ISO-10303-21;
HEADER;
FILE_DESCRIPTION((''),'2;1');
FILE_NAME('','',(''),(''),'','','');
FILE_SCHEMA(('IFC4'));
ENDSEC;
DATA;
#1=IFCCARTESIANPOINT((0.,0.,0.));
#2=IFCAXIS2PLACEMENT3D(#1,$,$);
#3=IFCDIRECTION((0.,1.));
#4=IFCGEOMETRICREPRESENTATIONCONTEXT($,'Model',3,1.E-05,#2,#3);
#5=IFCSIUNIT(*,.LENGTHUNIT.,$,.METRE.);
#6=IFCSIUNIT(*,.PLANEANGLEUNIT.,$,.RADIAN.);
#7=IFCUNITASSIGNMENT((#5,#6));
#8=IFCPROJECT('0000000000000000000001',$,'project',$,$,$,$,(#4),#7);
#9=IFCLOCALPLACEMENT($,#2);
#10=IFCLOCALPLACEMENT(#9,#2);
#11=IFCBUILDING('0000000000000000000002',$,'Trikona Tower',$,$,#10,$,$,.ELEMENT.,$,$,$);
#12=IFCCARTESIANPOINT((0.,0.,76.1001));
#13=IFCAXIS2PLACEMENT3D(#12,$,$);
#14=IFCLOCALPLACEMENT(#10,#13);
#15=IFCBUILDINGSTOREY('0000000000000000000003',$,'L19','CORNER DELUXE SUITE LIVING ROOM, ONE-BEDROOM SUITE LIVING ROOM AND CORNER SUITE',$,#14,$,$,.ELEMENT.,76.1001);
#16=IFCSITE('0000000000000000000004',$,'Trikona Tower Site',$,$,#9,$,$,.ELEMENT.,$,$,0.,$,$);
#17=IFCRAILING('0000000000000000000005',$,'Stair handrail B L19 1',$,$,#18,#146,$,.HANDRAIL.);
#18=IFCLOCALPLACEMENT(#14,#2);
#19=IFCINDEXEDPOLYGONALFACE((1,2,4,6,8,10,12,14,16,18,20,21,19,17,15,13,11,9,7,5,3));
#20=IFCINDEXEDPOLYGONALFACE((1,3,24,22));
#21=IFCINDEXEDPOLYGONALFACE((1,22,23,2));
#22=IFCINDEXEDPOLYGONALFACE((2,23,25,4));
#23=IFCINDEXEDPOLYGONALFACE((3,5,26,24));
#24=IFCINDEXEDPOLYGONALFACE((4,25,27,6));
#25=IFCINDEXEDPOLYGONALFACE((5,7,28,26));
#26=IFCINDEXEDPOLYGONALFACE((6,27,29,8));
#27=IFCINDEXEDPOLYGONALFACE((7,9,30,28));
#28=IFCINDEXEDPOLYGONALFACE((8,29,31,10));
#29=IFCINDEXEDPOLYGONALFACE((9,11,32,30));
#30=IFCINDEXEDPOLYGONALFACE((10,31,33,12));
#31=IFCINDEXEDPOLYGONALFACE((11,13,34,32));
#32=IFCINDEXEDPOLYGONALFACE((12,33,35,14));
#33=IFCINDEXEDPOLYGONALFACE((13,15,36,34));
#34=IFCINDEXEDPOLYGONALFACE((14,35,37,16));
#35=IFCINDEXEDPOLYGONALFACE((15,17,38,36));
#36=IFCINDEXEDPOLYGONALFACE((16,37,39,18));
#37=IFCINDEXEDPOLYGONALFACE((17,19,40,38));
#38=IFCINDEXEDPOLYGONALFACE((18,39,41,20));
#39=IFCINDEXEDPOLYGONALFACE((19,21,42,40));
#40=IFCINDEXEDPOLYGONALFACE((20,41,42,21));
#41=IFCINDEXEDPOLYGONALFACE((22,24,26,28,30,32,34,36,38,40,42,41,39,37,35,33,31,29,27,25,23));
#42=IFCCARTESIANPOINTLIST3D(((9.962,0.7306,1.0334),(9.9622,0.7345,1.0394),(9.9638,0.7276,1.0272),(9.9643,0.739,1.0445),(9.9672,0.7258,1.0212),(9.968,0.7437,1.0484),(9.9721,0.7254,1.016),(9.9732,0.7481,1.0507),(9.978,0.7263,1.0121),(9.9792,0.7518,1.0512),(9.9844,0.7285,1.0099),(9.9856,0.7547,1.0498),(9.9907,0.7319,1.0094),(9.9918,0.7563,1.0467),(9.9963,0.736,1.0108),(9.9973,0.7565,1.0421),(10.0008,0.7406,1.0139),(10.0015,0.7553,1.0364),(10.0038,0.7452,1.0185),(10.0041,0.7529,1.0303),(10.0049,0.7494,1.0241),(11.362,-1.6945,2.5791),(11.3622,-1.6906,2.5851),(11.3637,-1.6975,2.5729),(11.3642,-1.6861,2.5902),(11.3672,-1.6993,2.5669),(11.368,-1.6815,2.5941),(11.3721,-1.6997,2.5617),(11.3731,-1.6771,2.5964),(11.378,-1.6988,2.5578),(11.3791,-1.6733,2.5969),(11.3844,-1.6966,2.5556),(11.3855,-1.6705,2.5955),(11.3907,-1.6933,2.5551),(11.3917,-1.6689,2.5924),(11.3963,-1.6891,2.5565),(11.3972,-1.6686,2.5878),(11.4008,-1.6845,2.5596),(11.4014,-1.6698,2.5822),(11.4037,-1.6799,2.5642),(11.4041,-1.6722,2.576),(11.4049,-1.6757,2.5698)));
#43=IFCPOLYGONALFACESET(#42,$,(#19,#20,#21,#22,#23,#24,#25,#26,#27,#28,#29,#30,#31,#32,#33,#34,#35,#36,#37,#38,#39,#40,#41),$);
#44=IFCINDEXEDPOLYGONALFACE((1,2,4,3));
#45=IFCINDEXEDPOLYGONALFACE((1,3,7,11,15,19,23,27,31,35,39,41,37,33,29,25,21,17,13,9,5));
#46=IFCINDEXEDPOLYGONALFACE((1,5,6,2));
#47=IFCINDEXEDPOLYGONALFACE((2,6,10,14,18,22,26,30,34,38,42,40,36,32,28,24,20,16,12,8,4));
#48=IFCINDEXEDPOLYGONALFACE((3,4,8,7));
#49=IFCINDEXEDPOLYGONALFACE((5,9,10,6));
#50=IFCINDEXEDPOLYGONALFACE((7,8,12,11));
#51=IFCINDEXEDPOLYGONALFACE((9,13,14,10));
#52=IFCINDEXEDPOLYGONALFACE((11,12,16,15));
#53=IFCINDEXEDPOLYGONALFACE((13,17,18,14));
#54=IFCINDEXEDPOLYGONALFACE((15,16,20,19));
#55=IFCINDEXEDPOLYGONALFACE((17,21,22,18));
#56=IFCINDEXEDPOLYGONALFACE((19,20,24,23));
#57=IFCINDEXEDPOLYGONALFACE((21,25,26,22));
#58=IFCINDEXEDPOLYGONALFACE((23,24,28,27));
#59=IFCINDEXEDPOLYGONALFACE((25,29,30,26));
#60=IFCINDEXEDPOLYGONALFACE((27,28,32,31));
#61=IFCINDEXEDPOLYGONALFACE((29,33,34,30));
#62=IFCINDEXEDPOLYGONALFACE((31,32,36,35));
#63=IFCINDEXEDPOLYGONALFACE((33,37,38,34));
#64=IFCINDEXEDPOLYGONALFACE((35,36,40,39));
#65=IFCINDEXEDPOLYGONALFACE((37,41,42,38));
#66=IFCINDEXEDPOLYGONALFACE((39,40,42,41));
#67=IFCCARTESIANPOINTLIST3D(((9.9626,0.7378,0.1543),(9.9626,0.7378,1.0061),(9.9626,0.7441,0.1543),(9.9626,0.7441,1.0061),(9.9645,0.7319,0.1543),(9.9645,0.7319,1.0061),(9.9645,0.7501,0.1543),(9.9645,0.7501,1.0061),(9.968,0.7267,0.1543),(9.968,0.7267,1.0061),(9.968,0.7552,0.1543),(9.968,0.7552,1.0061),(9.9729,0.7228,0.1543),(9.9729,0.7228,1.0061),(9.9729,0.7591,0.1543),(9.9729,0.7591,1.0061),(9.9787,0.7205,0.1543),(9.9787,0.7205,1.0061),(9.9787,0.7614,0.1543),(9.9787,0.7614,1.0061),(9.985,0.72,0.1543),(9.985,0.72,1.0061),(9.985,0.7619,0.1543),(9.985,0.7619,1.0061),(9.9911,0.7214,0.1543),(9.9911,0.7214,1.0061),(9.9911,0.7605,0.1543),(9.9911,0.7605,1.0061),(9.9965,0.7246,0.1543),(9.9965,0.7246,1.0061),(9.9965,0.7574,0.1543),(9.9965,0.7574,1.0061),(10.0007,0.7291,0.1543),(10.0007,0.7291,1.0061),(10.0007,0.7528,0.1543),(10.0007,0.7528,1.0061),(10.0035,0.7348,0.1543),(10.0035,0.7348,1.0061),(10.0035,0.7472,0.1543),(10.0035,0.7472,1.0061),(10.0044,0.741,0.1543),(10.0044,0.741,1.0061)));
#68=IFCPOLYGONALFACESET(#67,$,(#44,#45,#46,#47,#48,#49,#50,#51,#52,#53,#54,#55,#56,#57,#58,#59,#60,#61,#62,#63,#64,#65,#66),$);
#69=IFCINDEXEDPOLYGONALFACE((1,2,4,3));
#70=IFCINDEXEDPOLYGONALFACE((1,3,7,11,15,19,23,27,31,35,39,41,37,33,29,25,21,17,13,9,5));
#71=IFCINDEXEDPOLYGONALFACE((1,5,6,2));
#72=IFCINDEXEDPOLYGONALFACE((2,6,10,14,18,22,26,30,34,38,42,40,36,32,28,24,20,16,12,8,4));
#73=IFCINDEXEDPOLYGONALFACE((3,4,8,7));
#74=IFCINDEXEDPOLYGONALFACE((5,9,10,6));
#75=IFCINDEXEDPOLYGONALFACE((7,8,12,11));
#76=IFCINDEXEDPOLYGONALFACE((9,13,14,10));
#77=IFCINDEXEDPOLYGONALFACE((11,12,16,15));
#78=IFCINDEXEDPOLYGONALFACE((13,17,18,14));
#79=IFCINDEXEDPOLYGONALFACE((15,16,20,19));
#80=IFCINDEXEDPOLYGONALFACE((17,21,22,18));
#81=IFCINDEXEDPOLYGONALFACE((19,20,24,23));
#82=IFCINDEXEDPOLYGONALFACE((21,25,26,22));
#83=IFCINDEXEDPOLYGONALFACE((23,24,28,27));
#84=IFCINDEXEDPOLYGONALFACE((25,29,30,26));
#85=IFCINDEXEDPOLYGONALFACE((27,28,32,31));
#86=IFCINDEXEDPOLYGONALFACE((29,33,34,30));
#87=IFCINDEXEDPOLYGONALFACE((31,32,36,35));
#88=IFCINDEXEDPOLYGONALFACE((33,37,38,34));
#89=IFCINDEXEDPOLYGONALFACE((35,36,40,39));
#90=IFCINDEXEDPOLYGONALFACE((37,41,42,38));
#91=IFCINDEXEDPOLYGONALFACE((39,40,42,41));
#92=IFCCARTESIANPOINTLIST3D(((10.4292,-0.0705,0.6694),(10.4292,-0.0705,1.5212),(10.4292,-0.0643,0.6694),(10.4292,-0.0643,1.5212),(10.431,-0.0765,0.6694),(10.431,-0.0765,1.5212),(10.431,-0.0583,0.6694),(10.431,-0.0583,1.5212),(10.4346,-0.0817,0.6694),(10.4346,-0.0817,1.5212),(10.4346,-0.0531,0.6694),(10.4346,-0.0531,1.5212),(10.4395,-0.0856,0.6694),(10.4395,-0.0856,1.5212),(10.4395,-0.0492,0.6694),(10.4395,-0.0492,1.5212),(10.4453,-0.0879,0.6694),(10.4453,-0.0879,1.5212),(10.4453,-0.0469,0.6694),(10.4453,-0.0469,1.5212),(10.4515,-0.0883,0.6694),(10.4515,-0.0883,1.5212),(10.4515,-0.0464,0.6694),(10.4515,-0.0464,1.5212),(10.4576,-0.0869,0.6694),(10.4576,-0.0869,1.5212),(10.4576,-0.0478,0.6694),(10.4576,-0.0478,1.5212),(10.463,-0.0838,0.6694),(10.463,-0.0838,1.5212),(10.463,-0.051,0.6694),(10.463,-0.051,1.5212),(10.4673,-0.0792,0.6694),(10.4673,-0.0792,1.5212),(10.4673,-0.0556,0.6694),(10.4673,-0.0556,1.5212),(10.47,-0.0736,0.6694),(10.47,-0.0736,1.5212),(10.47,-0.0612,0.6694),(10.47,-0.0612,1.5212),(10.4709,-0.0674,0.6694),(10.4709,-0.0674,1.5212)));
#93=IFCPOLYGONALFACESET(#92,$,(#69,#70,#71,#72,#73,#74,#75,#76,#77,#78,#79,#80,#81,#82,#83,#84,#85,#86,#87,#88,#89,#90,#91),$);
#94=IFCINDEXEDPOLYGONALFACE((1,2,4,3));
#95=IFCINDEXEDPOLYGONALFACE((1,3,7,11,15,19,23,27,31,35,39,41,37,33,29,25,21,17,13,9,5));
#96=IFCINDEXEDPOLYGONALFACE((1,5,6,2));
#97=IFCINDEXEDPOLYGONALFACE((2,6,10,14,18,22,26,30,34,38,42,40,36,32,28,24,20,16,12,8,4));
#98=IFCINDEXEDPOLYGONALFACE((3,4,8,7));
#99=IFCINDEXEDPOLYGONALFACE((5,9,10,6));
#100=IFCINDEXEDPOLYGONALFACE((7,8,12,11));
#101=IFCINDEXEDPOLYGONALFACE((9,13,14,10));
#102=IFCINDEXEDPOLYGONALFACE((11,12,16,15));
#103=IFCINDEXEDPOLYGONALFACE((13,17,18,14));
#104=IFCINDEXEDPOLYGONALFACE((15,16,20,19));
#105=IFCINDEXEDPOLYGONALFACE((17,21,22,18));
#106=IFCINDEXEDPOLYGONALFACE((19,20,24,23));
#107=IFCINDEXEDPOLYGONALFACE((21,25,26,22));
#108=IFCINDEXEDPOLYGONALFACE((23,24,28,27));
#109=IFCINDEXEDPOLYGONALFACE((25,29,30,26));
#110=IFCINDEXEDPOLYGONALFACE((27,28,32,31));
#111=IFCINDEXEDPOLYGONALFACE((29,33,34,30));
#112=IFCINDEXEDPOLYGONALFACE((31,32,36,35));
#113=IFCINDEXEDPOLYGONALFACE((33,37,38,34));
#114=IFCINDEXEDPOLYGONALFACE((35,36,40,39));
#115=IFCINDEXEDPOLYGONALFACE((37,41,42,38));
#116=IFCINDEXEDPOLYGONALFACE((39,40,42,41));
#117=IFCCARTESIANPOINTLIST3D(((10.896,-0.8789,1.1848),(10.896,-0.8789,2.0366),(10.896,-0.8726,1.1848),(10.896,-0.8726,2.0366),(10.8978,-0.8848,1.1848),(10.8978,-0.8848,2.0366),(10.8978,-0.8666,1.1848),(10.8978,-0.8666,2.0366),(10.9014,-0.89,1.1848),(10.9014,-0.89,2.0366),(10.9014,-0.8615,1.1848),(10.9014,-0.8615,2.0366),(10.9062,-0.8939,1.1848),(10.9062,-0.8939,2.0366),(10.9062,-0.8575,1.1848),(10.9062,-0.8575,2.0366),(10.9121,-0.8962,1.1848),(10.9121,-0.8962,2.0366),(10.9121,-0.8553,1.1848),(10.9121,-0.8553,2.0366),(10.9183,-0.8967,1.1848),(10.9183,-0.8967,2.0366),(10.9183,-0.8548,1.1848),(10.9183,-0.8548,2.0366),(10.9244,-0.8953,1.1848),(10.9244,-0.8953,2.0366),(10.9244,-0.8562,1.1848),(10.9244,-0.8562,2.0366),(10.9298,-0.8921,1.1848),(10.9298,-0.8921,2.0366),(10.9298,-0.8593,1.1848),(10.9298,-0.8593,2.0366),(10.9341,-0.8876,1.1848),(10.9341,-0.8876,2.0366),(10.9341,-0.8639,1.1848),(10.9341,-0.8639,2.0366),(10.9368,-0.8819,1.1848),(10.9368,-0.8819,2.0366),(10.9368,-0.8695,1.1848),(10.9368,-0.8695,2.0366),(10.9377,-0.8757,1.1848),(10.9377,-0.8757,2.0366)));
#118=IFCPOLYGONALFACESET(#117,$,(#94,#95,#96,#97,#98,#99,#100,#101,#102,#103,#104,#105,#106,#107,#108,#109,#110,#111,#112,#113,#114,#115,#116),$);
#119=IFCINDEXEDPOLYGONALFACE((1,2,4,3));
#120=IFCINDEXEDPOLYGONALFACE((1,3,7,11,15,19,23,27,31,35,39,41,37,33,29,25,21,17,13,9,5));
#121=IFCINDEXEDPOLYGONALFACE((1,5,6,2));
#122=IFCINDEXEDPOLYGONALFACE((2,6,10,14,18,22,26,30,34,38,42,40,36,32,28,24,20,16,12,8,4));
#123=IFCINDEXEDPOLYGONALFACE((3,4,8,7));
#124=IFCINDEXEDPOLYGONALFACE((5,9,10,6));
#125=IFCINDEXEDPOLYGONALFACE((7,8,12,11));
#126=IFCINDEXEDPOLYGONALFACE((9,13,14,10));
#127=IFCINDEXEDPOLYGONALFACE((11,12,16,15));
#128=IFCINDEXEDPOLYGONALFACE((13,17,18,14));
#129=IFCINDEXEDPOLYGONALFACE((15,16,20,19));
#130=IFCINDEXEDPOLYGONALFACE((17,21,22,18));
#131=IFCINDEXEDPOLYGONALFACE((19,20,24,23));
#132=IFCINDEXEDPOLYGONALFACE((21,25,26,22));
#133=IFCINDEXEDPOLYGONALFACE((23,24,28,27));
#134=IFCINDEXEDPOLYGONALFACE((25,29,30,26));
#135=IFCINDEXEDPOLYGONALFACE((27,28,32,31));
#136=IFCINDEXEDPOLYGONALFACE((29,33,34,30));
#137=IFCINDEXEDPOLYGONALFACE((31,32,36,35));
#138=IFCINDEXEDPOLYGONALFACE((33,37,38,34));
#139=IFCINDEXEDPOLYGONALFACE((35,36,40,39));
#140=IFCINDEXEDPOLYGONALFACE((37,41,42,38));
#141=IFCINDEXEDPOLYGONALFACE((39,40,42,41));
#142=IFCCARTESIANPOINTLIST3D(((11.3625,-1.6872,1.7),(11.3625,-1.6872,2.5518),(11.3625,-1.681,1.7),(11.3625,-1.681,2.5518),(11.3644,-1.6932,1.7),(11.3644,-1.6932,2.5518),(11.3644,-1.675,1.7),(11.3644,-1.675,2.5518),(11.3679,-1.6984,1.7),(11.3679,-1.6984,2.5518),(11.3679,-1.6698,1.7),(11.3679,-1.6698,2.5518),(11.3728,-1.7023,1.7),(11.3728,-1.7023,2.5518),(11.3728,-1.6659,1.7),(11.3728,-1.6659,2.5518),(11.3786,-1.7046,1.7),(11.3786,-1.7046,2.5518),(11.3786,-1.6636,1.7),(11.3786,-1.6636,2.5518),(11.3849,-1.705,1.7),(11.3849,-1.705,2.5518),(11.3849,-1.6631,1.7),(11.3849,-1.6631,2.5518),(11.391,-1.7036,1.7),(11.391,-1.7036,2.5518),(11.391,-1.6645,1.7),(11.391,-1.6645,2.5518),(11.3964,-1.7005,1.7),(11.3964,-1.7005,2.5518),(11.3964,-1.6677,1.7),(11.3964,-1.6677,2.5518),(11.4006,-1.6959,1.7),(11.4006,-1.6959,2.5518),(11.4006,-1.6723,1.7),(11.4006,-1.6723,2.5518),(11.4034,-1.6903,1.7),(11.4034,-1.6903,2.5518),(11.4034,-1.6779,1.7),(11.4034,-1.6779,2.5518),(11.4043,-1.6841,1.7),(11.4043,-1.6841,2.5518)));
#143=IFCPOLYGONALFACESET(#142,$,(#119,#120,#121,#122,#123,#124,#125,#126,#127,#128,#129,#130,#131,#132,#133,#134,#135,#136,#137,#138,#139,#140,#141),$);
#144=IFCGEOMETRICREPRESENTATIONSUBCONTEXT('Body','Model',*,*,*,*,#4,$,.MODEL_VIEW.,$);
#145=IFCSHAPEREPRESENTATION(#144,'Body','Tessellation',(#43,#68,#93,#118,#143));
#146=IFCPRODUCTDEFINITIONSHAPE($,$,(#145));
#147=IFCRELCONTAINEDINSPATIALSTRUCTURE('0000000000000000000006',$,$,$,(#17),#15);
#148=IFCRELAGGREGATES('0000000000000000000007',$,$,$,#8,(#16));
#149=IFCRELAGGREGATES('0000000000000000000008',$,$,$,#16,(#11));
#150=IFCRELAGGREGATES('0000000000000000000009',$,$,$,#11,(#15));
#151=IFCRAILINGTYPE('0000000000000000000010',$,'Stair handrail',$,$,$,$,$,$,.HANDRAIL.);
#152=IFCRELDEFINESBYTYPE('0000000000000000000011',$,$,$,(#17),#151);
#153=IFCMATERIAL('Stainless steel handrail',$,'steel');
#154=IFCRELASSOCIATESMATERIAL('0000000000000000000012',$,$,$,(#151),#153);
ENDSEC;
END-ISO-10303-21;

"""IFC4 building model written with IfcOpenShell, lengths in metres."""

from ifc_helpers import new_model, si_unit, direction, frame, origin, origin_2d, place, context, subcontext, project, spatial, circle, extrude, material, type_object, element, save


model = new_model("IFC4")

# Units and contexts
model_context = context("Model", 3, precision=1e-05, world=origin(), true_north=direction((0.0, 1.0)))
body_context = subcontext(model_context, "Body", "Model", "MODEL_VIEW")
ifc_project = project(units=[si_unit("LENGTHUNIT", "METRE"), si_unit("PLANEANGLEUNIT", "RADIAN")], contexts=[model_context])

# Site, building, storey
site_placement = place(None, origin())
site = spatial("IfcSite", under=ifc_project, at=site_placement, Name="Trikona Tower Site", CompositionType="ELEMENT", RefElevation=0.0)
building_placement = place(site_placement, origin())
building = spatial("IfcBuilding", under=site, at=building_placement, Name="Trikona Tower", CompositionType="ELEMENT")
storey_placement = place(building_placement, frame((0.0, 0.0, 76.1001)))
storey = spatial("IfcBuildingStorey", under=building, at=storey_placement, Name="L19", Description="CORNER DELUXE SUITE LIVING ROOM, ONE-BEDROOM SUITE LIVING ROOM AND CORNER SUITE", CompositionType="ELEMENT", Elevation=76.1001)

# Railing
ifc_material_1 = material(Name="Stainless steel handrail", Category="steel")
railing_type = type_object("IfcRailingType", Name="Stair handrail", PredefinedType="HANDRAIL", material=ifc_material_1)
railing_placement = place(storey_placement, frame((9.9834, 0.741, 0.1543)))
element("IfcRailing", 1, at=railing_placement, inside=storey, type_object=railing_type, Name="Stair handrail B L19 1", PredefinedType="HANDRAIL", context=body_context, shape_type="SweptSolid", body=[
    extrude(circle(Radius=0.0239, at=origin_2d()), frame((0.0, 0.0, 0.876), z_axis=(0.437691, -0.758212, 0.483262), x_axis=(0.866056, 0.499946, 0.0)), (0.0, 0.0, 1.0), 3.1985),
    extrude(circle(Radius=0.021, at=origin_2d()), origin(), (0.0, 0.0, 1.0), 0.8518),
    extrude(circle(Radius=0.021, at=origin_2d()), frame((0.4666, -0.8083, 0.5151)), (0.0, 0.0, 1.0), 0.8518),
    extrude(circle(Radius=0.021, at=origin_2d()), frame((0.9333, -1.6167, 1.0305)), (0.0, 0.0, 1.0), 0.8518),
    extrude(circle(Radius=0.021, at=origin_2d()), frame((1.3999, -2.425, 1.5457)), (0.0, 0.0, 1.0), 0.8518),
])

save(model, "model.ifc")
